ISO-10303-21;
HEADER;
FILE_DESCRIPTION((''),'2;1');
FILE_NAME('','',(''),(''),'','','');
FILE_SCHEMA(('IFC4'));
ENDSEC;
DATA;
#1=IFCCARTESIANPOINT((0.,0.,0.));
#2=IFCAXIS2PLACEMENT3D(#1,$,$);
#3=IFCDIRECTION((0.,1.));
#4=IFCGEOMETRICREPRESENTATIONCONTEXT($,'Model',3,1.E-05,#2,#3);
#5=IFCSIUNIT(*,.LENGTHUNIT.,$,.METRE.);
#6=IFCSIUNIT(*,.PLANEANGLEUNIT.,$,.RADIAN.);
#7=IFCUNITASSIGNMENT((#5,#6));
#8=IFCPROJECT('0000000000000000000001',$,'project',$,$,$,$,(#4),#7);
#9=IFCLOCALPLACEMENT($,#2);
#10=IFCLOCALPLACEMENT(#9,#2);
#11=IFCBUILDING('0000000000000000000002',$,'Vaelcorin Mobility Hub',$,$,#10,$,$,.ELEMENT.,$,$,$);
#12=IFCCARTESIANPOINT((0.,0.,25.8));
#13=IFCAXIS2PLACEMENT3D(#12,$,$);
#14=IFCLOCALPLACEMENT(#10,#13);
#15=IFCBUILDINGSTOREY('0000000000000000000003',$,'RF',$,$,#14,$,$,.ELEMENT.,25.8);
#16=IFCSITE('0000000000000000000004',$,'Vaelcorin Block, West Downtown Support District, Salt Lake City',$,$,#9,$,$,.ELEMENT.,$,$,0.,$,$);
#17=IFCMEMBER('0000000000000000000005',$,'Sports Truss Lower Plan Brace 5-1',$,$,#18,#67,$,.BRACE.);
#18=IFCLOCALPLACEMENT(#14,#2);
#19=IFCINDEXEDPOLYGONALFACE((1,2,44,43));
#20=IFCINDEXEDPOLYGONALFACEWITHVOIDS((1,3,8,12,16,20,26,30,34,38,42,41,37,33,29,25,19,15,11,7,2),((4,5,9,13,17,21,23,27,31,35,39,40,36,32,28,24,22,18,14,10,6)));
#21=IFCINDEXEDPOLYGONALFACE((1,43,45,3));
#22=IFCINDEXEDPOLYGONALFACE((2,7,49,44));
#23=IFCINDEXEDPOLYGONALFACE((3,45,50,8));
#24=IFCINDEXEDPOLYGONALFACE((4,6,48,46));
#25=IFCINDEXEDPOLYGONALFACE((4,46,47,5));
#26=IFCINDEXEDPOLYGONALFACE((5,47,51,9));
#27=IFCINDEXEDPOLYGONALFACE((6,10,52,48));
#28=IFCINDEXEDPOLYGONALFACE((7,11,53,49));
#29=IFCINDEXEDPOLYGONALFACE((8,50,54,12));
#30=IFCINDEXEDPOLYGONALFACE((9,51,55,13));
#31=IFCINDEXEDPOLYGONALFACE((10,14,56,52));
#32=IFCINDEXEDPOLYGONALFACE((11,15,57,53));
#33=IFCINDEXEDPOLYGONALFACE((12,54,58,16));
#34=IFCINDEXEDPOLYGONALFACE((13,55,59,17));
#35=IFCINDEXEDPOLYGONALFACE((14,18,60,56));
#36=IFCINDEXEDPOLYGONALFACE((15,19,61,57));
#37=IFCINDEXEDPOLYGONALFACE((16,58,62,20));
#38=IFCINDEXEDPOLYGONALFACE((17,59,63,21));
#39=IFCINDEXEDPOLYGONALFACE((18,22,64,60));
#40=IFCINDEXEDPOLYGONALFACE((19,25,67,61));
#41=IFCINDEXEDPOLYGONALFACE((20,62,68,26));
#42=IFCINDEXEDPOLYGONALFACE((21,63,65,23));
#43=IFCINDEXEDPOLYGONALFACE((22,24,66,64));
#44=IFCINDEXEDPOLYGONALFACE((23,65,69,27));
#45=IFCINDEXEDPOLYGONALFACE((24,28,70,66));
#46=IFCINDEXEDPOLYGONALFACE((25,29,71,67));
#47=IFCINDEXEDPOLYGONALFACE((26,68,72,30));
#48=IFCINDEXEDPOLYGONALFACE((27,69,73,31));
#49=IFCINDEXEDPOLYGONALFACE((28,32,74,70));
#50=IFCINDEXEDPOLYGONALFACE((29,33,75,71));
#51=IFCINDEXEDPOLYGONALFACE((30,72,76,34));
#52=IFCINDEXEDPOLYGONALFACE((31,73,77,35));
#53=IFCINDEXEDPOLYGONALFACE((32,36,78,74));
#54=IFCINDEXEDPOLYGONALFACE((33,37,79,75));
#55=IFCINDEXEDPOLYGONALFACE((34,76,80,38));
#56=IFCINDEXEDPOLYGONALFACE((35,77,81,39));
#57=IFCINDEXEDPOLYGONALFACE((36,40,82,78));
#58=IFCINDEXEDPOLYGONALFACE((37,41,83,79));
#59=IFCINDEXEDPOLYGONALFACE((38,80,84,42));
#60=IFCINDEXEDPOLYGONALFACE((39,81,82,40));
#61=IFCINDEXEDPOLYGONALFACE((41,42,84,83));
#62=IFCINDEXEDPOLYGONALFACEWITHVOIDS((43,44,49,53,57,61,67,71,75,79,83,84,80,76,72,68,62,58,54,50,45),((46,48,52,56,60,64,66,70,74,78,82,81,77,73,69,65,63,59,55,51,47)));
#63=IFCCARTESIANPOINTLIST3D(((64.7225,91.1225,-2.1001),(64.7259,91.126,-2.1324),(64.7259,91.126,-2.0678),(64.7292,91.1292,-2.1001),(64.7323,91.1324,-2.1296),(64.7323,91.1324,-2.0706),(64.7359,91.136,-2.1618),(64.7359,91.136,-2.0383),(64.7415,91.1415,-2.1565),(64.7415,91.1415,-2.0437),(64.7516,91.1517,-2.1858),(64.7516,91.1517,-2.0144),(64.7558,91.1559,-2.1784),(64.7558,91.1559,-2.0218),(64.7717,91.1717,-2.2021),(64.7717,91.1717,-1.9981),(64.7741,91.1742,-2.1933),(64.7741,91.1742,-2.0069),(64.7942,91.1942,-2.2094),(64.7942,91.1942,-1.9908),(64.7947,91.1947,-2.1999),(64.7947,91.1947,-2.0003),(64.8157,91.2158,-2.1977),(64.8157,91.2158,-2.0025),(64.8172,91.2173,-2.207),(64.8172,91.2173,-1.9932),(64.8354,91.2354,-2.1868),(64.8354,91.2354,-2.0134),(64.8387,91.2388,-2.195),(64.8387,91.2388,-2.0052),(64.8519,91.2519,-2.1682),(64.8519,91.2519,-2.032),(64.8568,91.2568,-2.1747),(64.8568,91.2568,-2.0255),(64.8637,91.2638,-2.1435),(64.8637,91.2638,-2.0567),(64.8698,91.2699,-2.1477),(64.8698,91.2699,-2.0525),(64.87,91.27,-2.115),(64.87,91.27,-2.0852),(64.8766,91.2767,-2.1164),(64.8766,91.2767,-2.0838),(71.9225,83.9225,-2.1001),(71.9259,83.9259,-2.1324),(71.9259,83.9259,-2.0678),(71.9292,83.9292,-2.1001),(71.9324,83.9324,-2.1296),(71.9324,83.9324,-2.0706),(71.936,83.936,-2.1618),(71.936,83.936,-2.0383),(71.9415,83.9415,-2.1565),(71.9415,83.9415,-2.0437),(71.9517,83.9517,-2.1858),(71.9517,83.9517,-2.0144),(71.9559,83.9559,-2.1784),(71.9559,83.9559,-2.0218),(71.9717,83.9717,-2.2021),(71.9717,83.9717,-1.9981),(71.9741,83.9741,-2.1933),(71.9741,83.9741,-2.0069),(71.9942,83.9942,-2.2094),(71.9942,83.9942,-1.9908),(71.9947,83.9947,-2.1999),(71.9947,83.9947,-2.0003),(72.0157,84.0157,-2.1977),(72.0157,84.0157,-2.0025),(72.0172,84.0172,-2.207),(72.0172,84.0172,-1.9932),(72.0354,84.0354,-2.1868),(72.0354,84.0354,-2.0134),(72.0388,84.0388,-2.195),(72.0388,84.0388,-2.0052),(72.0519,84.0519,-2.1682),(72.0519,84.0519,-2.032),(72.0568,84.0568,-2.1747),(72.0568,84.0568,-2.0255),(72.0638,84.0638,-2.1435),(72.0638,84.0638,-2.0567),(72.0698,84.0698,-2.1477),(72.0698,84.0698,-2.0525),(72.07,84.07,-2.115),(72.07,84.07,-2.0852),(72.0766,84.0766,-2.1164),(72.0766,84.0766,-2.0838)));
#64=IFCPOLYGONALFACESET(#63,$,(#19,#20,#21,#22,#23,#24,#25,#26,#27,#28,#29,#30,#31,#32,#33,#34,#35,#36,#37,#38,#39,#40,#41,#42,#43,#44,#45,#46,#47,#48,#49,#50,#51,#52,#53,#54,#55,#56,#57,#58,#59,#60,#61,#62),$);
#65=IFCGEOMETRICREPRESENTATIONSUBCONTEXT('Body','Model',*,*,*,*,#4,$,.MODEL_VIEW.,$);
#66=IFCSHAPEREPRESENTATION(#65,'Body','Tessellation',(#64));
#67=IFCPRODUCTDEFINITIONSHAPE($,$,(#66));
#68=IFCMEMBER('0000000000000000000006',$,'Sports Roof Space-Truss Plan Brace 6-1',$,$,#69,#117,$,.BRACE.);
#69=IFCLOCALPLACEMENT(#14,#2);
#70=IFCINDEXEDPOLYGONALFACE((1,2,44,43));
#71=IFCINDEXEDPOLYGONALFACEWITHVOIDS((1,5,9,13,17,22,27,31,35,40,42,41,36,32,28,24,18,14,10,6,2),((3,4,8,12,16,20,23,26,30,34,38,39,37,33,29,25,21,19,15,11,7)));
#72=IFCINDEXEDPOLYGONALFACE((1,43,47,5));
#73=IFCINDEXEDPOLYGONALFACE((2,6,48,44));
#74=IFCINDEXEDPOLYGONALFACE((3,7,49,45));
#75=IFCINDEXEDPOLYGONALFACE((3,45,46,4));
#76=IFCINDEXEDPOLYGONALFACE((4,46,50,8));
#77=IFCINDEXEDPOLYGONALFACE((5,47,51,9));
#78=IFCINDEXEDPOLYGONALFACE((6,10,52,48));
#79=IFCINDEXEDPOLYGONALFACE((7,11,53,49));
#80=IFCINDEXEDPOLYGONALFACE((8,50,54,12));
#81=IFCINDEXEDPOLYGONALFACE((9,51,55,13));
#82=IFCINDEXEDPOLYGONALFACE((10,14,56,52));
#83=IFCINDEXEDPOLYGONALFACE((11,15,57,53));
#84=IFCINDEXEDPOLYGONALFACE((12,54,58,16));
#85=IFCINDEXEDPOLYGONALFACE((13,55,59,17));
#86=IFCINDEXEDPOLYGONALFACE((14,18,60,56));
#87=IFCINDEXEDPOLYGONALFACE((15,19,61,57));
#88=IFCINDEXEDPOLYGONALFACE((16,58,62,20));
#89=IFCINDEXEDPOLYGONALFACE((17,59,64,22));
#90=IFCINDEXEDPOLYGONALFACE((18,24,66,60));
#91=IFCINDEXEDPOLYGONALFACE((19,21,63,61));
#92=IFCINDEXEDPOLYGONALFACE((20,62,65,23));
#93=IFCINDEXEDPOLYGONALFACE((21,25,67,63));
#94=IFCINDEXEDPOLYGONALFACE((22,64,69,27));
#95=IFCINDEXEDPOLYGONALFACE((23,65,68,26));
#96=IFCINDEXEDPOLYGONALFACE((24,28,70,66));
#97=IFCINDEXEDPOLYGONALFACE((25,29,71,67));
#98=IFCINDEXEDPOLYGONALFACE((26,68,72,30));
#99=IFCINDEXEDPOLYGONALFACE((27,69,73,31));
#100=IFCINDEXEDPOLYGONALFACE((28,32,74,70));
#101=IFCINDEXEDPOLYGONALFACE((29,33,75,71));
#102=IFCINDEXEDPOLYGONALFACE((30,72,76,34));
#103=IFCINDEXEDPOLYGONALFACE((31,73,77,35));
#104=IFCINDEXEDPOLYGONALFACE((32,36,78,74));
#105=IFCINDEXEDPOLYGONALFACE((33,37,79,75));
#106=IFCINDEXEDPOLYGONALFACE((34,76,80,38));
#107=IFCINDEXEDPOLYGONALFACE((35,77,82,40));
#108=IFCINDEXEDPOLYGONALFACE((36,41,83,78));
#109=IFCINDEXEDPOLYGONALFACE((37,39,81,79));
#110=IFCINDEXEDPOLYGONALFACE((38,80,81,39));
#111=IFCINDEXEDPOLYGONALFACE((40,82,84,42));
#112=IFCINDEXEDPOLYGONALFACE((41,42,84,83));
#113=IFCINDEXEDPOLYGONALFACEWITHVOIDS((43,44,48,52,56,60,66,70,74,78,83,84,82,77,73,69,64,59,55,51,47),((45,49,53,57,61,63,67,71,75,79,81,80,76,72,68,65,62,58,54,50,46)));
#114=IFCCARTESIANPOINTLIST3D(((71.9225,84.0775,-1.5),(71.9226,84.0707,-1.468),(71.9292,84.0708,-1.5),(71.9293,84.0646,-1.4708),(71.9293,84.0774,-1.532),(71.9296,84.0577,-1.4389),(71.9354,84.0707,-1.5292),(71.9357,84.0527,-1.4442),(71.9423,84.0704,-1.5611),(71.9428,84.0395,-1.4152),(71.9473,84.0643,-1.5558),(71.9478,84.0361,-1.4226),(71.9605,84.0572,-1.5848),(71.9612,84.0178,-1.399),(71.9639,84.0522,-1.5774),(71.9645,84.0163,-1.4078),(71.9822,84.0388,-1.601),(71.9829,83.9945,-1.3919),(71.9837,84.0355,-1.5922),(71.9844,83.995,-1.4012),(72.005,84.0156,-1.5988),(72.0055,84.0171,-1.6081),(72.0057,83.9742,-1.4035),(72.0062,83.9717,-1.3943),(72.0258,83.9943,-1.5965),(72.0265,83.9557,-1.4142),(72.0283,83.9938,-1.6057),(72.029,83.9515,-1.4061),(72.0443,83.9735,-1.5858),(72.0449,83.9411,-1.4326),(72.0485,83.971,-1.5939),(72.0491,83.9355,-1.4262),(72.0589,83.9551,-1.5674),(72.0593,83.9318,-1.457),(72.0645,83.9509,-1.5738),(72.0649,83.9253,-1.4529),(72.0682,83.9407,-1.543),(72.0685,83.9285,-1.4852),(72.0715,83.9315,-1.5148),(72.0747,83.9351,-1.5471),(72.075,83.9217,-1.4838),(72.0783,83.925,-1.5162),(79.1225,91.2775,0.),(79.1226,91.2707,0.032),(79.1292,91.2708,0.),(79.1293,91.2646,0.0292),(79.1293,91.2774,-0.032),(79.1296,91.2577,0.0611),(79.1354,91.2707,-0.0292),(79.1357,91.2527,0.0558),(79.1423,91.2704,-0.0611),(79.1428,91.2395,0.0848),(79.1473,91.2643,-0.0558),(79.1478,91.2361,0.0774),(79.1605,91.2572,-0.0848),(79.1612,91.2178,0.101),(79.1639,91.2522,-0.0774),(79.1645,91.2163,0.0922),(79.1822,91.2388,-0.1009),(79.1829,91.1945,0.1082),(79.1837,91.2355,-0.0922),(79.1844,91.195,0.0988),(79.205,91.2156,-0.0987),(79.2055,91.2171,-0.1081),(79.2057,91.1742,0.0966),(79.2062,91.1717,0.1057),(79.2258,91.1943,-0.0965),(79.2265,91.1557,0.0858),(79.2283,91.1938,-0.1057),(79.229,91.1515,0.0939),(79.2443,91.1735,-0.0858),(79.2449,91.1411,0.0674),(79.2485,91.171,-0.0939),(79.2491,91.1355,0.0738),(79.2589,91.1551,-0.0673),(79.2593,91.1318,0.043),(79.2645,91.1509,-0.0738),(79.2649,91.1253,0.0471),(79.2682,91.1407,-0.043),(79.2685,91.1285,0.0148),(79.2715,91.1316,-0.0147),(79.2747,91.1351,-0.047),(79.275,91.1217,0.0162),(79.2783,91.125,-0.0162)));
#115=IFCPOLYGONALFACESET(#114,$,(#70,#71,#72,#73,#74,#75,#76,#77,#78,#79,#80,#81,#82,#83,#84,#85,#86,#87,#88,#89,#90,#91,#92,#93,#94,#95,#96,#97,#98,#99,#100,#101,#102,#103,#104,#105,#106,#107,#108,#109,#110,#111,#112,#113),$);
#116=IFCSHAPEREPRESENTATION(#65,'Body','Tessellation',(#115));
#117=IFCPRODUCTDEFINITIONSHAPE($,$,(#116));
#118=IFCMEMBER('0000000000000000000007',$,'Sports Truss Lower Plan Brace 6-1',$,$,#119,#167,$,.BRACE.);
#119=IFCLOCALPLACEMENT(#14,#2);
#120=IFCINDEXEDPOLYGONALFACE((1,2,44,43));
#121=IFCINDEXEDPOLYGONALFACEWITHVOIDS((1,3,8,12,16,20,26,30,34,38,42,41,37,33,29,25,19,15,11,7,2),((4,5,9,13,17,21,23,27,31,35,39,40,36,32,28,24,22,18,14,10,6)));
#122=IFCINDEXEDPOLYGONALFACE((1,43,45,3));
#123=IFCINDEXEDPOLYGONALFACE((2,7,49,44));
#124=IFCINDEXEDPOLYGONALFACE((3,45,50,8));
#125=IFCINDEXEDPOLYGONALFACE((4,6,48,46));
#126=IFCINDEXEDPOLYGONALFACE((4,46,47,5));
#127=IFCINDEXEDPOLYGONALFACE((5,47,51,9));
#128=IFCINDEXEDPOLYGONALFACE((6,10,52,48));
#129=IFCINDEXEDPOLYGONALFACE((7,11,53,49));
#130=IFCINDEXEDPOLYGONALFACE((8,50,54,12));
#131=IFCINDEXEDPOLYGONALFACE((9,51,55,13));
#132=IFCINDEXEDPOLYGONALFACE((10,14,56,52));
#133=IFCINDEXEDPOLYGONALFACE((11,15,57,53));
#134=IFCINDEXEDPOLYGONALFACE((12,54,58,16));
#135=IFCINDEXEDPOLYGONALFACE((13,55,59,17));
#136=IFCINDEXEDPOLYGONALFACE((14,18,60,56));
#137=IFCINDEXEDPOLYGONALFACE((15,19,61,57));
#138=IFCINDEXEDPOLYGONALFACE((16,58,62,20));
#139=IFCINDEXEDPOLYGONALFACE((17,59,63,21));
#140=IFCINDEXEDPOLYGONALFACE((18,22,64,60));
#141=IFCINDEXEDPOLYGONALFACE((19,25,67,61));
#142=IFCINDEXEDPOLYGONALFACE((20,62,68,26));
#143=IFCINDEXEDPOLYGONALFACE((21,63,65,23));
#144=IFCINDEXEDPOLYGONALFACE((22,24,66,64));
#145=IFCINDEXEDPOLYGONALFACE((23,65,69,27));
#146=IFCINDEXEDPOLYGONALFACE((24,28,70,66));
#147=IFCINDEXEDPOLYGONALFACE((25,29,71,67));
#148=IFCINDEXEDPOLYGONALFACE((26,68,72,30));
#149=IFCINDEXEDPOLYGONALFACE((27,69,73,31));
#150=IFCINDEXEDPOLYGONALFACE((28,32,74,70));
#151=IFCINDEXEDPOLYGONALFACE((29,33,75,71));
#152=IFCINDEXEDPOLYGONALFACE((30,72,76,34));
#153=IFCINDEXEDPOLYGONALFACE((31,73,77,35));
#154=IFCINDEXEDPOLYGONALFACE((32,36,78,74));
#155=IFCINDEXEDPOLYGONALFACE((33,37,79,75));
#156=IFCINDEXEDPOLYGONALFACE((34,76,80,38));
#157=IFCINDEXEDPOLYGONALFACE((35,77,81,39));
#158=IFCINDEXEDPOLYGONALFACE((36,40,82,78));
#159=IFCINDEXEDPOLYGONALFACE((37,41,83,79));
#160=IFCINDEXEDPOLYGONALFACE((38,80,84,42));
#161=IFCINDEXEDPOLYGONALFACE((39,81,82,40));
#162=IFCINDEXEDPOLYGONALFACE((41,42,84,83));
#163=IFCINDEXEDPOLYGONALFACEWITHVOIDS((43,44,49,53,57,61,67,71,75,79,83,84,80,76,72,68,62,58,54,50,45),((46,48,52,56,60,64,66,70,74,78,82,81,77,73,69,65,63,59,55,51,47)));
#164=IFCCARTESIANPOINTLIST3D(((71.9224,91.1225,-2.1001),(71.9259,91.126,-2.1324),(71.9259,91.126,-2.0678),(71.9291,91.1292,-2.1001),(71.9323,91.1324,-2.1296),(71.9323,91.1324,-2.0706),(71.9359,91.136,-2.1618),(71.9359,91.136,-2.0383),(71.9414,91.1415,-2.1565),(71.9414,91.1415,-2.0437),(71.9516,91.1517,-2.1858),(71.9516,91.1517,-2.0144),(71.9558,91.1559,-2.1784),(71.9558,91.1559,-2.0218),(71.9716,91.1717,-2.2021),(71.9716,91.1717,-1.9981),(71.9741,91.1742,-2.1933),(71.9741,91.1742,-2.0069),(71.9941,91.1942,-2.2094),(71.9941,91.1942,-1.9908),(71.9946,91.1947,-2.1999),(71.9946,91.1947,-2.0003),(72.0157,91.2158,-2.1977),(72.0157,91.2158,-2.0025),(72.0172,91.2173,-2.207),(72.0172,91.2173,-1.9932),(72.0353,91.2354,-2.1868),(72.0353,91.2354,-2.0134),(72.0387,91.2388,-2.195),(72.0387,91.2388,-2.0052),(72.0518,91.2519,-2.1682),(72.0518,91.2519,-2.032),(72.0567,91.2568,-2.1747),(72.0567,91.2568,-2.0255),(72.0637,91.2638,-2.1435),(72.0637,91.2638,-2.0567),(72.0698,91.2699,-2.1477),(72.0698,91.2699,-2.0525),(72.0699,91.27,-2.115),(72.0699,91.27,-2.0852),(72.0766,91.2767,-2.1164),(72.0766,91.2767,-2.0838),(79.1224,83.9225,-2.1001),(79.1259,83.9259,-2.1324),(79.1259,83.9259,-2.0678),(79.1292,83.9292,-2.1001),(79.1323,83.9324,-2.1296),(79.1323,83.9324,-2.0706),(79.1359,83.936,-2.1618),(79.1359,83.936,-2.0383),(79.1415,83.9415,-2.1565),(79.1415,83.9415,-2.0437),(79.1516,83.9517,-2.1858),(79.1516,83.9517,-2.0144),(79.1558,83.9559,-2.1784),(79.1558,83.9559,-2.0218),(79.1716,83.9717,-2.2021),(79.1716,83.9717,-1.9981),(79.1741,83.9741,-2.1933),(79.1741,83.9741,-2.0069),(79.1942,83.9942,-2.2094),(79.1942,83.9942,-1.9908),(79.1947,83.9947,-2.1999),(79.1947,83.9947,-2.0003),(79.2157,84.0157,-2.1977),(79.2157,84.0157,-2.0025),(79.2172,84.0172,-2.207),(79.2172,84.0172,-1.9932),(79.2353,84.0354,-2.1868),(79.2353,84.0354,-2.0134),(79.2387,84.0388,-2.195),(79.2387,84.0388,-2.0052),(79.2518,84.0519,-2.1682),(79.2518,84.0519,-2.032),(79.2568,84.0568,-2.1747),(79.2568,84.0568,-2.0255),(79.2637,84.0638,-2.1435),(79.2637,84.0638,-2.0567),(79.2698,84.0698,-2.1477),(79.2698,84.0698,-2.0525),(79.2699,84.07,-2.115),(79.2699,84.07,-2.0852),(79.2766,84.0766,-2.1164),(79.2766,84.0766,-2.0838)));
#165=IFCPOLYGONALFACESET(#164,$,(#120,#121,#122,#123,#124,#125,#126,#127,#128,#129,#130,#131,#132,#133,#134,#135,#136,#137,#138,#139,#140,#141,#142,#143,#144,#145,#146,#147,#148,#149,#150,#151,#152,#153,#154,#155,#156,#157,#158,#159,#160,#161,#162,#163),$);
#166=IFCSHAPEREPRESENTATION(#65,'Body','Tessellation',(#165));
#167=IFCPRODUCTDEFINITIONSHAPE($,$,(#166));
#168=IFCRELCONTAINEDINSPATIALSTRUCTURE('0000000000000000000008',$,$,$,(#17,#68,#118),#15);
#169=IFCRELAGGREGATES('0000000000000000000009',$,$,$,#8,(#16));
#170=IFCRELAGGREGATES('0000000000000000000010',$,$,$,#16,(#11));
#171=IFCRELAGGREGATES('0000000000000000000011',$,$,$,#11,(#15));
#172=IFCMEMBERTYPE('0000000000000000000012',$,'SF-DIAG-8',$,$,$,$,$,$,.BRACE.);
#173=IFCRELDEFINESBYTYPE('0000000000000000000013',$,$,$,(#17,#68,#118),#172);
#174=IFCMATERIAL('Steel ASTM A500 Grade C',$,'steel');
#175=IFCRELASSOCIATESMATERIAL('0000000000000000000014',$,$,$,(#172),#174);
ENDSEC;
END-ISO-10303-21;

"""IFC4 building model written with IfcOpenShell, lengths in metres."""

from ifc_helpers import new_model, si_unit, direction, frame, origin, origin_2d, place, context, subcontext, project, spatial, hollow_circle, extrude, material, material_profile, profile_set, type_object, element, save


model = new_model("IFC4")

# Units and contexts
model_context = context("Model", 3, precision=1e-05, world=origin(), true_north=direction((0.0, 1.0)))
body_context = subcontext(model_context, "Body", "Model", "MODEL_VIEW")
ifc_project = project(units=[si_unit("LENGTHUNIT", "METRE"), si_unit("PLANEANGLEUNIT", "RADIAN")], contexts=[model_context])

# Site, building, storey
site_placement = place(None, origin())
site = spatial("IfcSite", under=ifc_project, at=site_placement, Name="Vaelcorin Block, West Downtown Support District, Salt Lake City", CompositionType="ELEMENT", RefElevation=0.0)
building_placement = place(site_placement, origin())
building = spatial("IfcBuilding", under=site, at=building_placement, Name="Vaelcorin Mobility Hub", CompositionType="ELEMENT")
storey_placement = place(building_placement, frame((0.0, 0.0, 25.8)))
storey = spatial("IfcBuildingStorey", under=building, at=storey_placement, Name="RF", CompositionType="ELEMENT", Elevation=25.8)

# Members
ifc_material_1 = material(Name="Steel ASTM A500 Grade C", Category="steel")
ifc_material_profile_1 = material_profile(ifc_material_1, hollow_circle(Radius=0.1096, WallThickness=0.0095, at=origin_2d()), Name="HSS8.625X0.375")
ifc_profile_set_1 = profile_set([ifc_material_profile_1], Name="Steel ASTM A500 Grade C")
member_type_1 = type_object("IfcMemberType", Name="SF-DIAG-8", PredefinedType="BRACE", material=ifc_profile_set_1)
member_1_placement = place(storey_placement, frame((72.0, 84.0, -2.1001), z_axis=(-0.707107, 0.707107, 0.0), x_axis=(-0.707107, -0.707107, 0.0)))
element("IfcMember", 1, at=member_1_placement, inside=storey, type_object=member_type_1, Name="Sports Truss Lower Plan Brace 5-1", PredefinedType="BRACE", context=body_context, shape_type="SweptSolid", body=[
    extrude(hollow_circle(Radius=0.1096, WallThickness=0.0095, at=origin_2d()), origin(), (0.0, 0.0, 1.0), 10.1824),
])
member_2_placement = place(storey_placement, frame((72.0, 84.0, -1.5), z_axis=(0.699557, 0.699557, 0.145742), x_axis=(-0.707107, 0.707107, 0.0)))
element("IfcMember", 2, at=member_2_placement, inside=storey, type_object=member_type_1, Name="Sports Roof Space-Truss Plan Brace 6-1", PredefinedType="BRACE", context=body_context, shape_type="SweptSolid", body=[
    extrude(hollow_circle(Radius=0.1096, WallThickness=0.0095, at=origin_2d()), origin(), (0.0, 0.0, 1.0), 10.2922),
])
member_3_placement = place(storey_placement, frame((79.2, 84.0, -2.1001), z_axis=(-0.707107, 0.707107, 0.0), x_axis=(-0.707107, -0.707107, 0.0)))
element("IfcMember", 3, at=member_3_placement, inside=storey, type_object=member_type_1, Name="Sports Truss Lower Plan Brace 6-1", PredefinedType="BRACE", context=body_context, shape_type="SweptSolid", body=[
    extrude(hollow_circle(Radius=0.1096, WallThickness=0.0095, at=origin_2d()), origin(), (0.0, 0.0, 1.0), 10.1824),
])

save(model, "model.ifc")
